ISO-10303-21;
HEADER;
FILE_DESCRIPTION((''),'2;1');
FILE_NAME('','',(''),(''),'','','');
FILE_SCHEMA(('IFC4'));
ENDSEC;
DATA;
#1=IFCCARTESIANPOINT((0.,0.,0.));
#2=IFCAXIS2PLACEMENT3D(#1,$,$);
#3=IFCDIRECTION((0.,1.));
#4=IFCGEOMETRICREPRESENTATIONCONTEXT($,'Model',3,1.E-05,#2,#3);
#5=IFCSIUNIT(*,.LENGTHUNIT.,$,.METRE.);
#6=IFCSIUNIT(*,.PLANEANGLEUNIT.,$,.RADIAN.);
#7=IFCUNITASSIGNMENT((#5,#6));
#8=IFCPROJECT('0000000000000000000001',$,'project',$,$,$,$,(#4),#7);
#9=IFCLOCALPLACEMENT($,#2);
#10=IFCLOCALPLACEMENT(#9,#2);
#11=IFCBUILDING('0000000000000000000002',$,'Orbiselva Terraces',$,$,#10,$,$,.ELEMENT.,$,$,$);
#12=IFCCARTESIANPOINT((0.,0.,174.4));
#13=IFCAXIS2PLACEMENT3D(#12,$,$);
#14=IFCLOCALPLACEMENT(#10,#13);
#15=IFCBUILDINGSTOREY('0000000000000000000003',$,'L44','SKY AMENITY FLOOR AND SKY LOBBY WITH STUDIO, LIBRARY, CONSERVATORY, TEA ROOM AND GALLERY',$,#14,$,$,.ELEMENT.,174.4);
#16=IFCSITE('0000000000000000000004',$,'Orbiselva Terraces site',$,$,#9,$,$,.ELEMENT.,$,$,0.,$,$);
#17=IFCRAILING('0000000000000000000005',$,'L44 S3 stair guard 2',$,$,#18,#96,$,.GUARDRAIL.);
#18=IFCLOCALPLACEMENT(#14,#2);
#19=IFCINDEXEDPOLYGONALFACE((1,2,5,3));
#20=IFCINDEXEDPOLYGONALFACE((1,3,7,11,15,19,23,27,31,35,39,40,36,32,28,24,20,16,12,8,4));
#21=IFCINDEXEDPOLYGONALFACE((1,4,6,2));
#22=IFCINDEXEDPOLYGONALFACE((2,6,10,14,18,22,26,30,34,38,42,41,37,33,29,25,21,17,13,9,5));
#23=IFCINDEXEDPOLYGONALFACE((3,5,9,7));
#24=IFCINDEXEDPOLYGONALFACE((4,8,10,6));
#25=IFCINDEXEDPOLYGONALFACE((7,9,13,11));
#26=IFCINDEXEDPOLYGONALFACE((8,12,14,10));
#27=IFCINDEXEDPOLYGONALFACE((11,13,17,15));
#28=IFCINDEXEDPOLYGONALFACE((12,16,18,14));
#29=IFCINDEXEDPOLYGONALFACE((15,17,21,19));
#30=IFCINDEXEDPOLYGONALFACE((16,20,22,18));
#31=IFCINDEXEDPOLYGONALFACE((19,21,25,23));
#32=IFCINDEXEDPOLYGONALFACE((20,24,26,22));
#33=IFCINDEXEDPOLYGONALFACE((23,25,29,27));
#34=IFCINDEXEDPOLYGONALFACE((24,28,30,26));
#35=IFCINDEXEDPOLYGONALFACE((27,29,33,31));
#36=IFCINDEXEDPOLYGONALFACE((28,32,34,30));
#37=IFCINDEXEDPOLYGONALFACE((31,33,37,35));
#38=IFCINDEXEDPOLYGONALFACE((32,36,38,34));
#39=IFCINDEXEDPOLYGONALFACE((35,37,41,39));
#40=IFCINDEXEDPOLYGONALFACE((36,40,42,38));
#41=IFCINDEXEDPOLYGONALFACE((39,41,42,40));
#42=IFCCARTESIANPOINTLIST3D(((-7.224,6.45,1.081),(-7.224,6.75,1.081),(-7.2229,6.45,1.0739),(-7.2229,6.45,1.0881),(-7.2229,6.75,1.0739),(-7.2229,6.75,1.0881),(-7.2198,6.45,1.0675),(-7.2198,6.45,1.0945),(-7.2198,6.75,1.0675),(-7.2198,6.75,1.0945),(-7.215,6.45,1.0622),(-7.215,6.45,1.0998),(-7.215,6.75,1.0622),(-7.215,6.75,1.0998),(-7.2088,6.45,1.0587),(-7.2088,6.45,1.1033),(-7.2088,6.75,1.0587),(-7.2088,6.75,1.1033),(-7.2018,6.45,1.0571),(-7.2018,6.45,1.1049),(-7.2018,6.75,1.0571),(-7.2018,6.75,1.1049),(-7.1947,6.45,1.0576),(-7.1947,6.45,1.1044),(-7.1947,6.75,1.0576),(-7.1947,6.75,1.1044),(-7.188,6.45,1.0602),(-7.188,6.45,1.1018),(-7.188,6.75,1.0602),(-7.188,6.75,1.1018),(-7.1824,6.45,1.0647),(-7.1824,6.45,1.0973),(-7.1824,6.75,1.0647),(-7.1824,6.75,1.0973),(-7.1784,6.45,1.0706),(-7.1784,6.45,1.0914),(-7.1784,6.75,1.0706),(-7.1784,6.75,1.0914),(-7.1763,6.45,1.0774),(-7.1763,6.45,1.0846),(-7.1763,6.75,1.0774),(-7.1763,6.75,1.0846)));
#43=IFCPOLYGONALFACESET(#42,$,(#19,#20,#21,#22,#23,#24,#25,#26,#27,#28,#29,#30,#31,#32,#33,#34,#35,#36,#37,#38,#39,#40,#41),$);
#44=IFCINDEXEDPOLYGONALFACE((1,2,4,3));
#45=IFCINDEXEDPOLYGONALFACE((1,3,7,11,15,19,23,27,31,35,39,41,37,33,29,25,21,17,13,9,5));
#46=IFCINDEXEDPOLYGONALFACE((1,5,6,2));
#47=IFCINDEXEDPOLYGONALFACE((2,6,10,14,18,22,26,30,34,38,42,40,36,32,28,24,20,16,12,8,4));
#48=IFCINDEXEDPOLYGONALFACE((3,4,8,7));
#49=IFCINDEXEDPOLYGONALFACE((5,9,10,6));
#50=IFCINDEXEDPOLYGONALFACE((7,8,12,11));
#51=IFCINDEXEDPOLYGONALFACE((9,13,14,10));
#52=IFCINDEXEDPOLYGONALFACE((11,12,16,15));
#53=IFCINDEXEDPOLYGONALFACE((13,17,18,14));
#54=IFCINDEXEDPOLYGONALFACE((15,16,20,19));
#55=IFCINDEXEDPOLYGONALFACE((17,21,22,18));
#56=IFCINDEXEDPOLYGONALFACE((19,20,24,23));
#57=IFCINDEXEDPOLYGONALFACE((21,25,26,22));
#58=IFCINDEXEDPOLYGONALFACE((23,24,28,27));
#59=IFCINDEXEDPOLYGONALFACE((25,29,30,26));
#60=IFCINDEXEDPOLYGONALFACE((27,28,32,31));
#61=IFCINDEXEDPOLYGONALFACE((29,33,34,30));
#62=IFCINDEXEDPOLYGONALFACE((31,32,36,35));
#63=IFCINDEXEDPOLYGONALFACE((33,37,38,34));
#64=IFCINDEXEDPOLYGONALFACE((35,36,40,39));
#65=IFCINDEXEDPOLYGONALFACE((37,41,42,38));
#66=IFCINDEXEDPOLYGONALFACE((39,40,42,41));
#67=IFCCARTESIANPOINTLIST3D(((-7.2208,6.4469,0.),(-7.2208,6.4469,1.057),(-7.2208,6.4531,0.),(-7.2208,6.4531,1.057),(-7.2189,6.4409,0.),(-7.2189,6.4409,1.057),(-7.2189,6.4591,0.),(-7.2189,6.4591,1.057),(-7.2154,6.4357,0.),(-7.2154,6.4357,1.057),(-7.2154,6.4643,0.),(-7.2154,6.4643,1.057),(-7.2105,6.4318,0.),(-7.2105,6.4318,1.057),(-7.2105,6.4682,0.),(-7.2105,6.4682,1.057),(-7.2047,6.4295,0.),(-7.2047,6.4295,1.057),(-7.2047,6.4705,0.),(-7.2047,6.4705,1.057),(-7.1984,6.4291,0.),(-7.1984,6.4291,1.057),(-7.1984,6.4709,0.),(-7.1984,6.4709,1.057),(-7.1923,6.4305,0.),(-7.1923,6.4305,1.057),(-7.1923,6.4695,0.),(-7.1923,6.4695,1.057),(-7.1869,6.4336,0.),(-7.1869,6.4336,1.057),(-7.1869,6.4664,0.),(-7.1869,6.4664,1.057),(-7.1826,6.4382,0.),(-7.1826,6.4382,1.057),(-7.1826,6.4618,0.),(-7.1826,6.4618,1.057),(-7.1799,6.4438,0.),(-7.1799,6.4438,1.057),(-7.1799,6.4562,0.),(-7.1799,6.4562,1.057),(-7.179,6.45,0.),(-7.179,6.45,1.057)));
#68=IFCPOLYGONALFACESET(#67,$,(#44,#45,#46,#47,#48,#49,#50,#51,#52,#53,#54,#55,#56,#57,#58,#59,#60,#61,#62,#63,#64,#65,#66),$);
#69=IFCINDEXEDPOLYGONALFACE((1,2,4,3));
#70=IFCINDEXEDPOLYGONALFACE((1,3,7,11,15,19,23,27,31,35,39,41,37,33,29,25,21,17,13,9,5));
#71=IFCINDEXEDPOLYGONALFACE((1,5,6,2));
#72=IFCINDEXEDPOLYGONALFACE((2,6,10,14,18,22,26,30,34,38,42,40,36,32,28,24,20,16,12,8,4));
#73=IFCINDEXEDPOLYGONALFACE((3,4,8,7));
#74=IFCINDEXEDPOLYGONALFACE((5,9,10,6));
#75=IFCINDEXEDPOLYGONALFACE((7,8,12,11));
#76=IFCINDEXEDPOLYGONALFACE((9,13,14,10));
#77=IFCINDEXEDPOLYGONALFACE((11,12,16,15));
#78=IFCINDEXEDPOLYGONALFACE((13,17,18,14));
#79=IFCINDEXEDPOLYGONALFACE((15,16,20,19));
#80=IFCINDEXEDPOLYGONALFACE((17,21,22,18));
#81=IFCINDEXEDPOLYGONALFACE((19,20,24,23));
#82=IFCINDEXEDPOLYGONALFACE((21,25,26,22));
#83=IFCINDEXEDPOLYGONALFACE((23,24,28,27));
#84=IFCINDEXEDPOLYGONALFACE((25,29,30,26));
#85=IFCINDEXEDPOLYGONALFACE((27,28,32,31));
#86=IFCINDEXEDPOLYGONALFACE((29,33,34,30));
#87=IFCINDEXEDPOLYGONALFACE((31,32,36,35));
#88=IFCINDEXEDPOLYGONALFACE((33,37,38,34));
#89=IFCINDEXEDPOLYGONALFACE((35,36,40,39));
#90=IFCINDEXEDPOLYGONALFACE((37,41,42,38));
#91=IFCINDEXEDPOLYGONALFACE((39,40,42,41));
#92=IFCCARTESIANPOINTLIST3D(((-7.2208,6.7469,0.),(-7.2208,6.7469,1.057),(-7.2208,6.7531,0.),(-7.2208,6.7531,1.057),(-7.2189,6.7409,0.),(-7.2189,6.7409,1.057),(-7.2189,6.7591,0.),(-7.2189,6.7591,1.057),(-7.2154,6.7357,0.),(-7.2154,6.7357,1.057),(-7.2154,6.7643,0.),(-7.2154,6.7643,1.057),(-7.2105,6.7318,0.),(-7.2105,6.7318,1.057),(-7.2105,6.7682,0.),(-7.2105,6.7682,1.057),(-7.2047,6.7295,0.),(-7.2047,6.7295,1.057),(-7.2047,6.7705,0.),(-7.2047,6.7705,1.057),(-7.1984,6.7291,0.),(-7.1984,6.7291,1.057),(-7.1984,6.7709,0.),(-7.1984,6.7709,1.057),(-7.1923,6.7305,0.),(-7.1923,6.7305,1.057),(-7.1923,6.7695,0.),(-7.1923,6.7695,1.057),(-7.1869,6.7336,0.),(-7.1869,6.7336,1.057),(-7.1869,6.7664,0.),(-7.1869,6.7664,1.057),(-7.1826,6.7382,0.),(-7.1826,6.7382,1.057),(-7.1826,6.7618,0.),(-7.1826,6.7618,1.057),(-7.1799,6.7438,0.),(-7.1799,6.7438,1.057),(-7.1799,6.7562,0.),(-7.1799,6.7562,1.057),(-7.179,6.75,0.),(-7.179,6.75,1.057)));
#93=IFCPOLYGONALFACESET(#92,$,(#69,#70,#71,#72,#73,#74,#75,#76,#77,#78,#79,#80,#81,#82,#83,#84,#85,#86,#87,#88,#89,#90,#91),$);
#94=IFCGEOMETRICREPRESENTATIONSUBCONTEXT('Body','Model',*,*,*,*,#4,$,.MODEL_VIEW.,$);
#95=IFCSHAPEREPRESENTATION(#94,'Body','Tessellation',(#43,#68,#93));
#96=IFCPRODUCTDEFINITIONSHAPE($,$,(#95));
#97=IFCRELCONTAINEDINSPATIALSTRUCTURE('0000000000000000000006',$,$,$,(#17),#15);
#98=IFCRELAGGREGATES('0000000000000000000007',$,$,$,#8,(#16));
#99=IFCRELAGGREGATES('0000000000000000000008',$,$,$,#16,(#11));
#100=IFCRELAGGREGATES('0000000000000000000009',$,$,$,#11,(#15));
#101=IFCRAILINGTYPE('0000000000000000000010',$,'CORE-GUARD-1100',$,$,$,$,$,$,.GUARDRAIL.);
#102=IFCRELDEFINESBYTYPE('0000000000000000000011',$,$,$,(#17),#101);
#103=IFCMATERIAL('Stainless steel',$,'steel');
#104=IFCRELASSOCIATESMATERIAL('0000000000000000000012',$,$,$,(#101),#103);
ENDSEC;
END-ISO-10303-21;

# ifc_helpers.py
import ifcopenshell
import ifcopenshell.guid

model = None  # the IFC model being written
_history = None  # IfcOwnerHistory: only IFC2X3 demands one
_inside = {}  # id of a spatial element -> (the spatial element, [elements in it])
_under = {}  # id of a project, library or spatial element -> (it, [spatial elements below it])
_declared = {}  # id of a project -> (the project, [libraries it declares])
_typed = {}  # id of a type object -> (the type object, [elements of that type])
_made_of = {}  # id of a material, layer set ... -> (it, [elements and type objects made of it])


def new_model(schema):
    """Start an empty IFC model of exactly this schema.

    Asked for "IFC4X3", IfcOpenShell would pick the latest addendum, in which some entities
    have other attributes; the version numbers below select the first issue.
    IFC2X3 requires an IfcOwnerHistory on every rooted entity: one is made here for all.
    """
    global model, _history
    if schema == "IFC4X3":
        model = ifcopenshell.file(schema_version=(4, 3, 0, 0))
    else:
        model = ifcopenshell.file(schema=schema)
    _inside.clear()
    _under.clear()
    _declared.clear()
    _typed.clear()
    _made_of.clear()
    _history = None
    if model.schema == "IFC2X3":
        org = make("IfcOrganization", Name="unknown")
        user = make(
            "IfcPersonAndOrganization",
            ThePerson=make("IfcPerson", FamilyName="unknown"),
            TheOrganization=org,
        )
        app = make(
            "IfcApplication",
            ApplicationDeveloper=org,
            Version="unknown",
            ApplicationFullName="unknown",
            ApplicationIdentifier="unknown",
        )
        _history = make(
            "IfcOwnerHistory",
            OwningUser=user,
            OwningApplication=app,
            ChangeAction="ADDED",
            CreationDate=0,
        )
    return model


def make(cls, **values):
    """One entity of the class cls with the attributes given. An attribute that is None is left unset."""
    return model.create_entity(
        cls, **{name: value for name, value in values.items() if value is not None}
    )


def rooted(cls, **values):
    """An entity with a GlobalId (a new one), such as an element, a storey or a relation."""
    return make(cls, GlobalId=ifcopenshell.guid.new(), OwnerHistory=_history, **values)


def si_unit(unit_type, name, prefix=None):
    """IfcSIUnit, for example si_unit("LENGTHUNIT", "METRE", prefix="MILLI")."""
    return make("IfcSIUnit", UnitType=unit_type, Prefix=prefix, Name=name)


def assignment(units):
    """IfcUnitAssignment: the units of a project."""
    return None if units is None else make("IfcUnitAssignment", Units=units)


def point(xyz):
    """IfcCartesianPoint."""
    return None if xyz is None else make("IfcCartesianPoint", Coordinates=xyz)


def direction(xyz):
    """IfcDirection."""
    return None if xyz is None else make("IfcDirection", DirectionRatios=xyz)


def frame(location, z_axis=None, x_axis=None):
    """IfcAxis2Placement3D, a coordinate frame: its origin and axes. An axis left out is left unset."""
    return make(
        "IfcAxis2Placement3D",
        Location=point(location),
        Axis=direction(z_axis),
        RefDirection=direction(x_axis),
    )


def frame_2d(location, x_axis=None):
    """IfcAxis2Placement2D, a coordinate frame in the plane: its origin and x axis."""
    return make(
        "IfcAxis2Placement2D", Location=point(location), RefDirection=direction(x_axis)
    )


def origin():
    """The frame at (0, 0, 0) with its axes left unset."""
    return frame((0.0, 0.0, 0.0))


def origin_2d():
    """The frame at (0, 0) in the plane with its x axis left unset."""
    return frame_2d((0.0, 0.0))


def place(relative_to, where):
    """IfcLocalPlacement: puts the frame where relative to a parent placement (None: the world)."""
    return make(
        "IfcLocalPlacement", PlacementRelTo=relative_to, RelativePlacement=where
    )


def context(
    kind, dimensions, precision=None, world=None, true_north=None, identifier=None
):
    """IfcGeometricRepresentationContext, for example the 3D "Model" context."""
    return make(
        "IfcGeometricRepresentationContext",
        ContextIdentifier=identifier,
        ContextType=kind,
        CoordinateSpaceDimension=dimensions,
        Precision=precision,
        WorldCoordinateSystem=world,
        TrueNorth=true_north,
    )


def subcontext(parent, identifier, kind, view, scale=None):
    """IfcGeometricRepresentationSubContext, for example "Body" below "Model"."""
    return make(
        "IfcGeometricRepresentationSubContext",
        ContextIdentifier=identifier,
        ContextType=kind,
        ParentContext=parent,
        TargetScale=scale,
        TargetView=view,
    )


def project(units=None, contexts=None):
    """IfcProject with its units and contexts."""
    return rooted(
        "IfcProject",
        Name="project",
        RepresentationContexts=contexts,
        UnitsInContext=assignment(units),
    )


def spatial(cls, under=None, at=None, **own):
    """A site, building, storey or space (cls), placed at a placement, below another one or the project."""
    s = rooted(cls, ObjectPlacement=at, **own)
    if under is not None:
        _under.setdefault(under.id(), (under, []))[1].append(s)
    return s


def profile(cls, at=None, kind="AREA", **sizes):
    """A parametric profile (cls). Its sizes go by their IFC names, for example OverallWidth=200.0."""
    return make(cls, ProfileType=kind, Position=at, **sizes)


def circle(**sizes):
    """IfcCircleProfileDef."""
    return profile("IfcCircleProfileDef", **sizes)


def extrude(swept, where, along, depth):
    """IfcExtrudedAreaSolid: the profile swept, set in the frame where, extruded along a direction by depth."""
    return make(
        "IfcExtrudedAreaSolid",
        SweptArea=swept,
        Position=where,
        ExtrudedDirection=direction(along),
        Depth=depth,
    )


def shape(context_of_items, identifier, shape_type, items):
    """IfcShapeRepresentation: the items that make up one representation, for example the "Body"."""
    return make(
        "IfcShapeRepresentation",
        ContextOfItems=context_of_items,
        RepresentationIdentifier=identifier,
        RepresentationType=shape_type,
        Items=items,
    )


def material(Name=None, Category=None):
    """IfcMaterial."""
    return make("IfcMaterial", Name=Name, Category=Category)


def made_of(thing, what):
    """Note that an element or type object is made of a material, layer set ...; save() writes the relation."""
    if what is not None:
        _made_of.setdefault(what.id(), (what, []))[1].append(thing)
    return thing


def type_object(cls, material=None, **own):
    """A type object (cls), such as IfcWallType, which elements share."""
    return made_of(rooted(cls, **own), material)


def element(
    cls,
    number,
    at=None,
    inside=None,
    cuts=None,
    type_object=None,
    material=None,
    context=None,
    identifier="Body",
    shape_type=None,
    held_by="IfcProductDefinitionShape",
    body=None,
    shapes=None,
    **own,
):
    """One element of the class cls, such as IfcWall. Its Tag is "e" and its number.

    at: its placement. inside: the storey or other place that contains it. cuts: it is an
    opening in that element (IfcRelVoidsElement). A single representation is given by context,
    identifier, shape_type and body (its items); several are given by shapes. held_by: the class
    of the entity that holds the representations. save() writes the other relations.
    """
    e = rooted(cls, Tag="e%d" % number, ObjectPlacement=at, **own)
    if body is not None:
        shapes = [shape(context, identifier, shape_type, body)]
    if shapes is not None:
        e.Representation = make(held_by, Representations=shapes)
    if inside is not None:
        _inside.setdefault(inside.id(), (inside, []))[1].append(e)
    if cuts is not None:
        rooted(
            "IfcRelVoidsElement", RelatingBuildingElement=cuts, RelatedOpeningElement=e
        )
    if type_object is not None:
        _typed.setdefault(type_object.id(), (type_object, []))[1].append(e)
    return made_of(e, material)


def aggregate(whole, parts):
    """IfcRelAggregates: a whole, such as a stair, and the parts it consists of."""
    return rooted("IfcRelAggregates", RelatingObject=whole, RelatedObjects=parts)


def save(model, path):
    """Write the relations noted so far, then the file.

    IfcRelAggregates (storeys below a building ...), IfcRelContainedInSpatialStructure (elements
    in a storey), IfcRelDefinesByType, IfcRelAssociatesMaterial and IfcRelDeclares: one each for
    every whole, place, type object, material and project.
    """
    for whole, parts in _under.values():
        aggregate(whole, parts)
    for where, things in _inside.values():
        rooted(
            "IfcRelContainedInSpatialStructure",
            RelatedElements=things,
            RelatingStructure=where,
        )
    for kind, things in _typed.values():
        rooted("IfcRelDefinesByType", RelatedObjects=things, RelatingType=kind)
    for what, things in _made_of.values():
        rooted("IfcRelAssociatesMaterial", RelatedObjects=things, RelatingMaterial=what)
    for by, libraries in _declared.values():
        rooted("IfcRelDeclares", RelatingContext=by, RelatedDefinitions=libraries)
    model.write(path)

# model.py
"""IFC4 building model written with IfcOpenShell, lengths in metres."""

from ifc_helpers import new_model, si_unit, direction, frame, origin, origin_2d, place, context, subcontext, project, spatial, circle, extrude, material, type_object, element, save


model = new_model("IFC4")

# Units and contexts
model_context = context("Model", 3, precision=1e-05, world=origin(), true_north=direction((0.0, 1.0)))
body_context = subcontext(model_context, "Body", "Model", "MODEL_VIEW")
ifc_project = project(units=[si_unit("LENGTHUNIT", "METRE"), si_unit("PLANEANGLEUNIT", "RADIAN")], contexts=[model_context])

# Site, building, storey
site_placement = place(None, origin())
site = spatial("IfcSite", under=ifc_project, at=site_placement, Name="Orbiselva Terraces site", CompositionType="ELEMENT", RefElevation=0.0)
building_placement = place(site_placement, origin())
building = spatial("IfcBuilding", under=site, at=building_placement, Name="Orbiselva Terraces", CompositionType="ELEMENT")
storey_placement = place(building_placement, frame((0.0, 0.0, 174.4)))
storey = spatial("IfcBuildingStorey", under=building, at=storey_placement, Name="L44", Description="SKY AMENITY FLOOR AND SKY LOBBY WITH STUDIO, LIBRARY, CONSERVATORY, TEA ROOM AND GALLERY", CompositionType="ELEMENT", Elevation=174.4)

# Railing
ifc_material_1 = material(Name="Stainless steel", Category="steel")
railing_type_1 = type_object("IfcRailingType", Name="CORE-GUARD-1100", PredefinedType="GUARDRAIL", material=ifc_material_1)
railing_1_placement = place(storey_placement, frame((-7.2, 6.45, 0.0)))
element("IfcRailing", 1, at=railing_1_placement, inside=storey, type_object=railing_type_1, Name="L44 S3 stair guard 2", PredefinedType="GUARDRAIL", context=body_context, shape_type="SweptSolid", body=[
    extrude(circle(Radius=0.024, at=origin_2d()), frame((0.0, 0.0, 1.081), z_axis=(0.0, 1.0, 0.0), x_axis=(-1.0, 0.0, 0.0)), (0.0, 0.0, 1.0), 0.3),
    extrude(circle(Radius=0.021, at=origin_2d()), origin(), (0.0, 0.0, 1.0), 1.057),
    extrude(circle(Radius=0.021, at=origin_2d()), frame((0.0, 0.3, 0.0)), (0.0, 0.0, 1.0), 1.057),
])

save(model, "model.ifc")
